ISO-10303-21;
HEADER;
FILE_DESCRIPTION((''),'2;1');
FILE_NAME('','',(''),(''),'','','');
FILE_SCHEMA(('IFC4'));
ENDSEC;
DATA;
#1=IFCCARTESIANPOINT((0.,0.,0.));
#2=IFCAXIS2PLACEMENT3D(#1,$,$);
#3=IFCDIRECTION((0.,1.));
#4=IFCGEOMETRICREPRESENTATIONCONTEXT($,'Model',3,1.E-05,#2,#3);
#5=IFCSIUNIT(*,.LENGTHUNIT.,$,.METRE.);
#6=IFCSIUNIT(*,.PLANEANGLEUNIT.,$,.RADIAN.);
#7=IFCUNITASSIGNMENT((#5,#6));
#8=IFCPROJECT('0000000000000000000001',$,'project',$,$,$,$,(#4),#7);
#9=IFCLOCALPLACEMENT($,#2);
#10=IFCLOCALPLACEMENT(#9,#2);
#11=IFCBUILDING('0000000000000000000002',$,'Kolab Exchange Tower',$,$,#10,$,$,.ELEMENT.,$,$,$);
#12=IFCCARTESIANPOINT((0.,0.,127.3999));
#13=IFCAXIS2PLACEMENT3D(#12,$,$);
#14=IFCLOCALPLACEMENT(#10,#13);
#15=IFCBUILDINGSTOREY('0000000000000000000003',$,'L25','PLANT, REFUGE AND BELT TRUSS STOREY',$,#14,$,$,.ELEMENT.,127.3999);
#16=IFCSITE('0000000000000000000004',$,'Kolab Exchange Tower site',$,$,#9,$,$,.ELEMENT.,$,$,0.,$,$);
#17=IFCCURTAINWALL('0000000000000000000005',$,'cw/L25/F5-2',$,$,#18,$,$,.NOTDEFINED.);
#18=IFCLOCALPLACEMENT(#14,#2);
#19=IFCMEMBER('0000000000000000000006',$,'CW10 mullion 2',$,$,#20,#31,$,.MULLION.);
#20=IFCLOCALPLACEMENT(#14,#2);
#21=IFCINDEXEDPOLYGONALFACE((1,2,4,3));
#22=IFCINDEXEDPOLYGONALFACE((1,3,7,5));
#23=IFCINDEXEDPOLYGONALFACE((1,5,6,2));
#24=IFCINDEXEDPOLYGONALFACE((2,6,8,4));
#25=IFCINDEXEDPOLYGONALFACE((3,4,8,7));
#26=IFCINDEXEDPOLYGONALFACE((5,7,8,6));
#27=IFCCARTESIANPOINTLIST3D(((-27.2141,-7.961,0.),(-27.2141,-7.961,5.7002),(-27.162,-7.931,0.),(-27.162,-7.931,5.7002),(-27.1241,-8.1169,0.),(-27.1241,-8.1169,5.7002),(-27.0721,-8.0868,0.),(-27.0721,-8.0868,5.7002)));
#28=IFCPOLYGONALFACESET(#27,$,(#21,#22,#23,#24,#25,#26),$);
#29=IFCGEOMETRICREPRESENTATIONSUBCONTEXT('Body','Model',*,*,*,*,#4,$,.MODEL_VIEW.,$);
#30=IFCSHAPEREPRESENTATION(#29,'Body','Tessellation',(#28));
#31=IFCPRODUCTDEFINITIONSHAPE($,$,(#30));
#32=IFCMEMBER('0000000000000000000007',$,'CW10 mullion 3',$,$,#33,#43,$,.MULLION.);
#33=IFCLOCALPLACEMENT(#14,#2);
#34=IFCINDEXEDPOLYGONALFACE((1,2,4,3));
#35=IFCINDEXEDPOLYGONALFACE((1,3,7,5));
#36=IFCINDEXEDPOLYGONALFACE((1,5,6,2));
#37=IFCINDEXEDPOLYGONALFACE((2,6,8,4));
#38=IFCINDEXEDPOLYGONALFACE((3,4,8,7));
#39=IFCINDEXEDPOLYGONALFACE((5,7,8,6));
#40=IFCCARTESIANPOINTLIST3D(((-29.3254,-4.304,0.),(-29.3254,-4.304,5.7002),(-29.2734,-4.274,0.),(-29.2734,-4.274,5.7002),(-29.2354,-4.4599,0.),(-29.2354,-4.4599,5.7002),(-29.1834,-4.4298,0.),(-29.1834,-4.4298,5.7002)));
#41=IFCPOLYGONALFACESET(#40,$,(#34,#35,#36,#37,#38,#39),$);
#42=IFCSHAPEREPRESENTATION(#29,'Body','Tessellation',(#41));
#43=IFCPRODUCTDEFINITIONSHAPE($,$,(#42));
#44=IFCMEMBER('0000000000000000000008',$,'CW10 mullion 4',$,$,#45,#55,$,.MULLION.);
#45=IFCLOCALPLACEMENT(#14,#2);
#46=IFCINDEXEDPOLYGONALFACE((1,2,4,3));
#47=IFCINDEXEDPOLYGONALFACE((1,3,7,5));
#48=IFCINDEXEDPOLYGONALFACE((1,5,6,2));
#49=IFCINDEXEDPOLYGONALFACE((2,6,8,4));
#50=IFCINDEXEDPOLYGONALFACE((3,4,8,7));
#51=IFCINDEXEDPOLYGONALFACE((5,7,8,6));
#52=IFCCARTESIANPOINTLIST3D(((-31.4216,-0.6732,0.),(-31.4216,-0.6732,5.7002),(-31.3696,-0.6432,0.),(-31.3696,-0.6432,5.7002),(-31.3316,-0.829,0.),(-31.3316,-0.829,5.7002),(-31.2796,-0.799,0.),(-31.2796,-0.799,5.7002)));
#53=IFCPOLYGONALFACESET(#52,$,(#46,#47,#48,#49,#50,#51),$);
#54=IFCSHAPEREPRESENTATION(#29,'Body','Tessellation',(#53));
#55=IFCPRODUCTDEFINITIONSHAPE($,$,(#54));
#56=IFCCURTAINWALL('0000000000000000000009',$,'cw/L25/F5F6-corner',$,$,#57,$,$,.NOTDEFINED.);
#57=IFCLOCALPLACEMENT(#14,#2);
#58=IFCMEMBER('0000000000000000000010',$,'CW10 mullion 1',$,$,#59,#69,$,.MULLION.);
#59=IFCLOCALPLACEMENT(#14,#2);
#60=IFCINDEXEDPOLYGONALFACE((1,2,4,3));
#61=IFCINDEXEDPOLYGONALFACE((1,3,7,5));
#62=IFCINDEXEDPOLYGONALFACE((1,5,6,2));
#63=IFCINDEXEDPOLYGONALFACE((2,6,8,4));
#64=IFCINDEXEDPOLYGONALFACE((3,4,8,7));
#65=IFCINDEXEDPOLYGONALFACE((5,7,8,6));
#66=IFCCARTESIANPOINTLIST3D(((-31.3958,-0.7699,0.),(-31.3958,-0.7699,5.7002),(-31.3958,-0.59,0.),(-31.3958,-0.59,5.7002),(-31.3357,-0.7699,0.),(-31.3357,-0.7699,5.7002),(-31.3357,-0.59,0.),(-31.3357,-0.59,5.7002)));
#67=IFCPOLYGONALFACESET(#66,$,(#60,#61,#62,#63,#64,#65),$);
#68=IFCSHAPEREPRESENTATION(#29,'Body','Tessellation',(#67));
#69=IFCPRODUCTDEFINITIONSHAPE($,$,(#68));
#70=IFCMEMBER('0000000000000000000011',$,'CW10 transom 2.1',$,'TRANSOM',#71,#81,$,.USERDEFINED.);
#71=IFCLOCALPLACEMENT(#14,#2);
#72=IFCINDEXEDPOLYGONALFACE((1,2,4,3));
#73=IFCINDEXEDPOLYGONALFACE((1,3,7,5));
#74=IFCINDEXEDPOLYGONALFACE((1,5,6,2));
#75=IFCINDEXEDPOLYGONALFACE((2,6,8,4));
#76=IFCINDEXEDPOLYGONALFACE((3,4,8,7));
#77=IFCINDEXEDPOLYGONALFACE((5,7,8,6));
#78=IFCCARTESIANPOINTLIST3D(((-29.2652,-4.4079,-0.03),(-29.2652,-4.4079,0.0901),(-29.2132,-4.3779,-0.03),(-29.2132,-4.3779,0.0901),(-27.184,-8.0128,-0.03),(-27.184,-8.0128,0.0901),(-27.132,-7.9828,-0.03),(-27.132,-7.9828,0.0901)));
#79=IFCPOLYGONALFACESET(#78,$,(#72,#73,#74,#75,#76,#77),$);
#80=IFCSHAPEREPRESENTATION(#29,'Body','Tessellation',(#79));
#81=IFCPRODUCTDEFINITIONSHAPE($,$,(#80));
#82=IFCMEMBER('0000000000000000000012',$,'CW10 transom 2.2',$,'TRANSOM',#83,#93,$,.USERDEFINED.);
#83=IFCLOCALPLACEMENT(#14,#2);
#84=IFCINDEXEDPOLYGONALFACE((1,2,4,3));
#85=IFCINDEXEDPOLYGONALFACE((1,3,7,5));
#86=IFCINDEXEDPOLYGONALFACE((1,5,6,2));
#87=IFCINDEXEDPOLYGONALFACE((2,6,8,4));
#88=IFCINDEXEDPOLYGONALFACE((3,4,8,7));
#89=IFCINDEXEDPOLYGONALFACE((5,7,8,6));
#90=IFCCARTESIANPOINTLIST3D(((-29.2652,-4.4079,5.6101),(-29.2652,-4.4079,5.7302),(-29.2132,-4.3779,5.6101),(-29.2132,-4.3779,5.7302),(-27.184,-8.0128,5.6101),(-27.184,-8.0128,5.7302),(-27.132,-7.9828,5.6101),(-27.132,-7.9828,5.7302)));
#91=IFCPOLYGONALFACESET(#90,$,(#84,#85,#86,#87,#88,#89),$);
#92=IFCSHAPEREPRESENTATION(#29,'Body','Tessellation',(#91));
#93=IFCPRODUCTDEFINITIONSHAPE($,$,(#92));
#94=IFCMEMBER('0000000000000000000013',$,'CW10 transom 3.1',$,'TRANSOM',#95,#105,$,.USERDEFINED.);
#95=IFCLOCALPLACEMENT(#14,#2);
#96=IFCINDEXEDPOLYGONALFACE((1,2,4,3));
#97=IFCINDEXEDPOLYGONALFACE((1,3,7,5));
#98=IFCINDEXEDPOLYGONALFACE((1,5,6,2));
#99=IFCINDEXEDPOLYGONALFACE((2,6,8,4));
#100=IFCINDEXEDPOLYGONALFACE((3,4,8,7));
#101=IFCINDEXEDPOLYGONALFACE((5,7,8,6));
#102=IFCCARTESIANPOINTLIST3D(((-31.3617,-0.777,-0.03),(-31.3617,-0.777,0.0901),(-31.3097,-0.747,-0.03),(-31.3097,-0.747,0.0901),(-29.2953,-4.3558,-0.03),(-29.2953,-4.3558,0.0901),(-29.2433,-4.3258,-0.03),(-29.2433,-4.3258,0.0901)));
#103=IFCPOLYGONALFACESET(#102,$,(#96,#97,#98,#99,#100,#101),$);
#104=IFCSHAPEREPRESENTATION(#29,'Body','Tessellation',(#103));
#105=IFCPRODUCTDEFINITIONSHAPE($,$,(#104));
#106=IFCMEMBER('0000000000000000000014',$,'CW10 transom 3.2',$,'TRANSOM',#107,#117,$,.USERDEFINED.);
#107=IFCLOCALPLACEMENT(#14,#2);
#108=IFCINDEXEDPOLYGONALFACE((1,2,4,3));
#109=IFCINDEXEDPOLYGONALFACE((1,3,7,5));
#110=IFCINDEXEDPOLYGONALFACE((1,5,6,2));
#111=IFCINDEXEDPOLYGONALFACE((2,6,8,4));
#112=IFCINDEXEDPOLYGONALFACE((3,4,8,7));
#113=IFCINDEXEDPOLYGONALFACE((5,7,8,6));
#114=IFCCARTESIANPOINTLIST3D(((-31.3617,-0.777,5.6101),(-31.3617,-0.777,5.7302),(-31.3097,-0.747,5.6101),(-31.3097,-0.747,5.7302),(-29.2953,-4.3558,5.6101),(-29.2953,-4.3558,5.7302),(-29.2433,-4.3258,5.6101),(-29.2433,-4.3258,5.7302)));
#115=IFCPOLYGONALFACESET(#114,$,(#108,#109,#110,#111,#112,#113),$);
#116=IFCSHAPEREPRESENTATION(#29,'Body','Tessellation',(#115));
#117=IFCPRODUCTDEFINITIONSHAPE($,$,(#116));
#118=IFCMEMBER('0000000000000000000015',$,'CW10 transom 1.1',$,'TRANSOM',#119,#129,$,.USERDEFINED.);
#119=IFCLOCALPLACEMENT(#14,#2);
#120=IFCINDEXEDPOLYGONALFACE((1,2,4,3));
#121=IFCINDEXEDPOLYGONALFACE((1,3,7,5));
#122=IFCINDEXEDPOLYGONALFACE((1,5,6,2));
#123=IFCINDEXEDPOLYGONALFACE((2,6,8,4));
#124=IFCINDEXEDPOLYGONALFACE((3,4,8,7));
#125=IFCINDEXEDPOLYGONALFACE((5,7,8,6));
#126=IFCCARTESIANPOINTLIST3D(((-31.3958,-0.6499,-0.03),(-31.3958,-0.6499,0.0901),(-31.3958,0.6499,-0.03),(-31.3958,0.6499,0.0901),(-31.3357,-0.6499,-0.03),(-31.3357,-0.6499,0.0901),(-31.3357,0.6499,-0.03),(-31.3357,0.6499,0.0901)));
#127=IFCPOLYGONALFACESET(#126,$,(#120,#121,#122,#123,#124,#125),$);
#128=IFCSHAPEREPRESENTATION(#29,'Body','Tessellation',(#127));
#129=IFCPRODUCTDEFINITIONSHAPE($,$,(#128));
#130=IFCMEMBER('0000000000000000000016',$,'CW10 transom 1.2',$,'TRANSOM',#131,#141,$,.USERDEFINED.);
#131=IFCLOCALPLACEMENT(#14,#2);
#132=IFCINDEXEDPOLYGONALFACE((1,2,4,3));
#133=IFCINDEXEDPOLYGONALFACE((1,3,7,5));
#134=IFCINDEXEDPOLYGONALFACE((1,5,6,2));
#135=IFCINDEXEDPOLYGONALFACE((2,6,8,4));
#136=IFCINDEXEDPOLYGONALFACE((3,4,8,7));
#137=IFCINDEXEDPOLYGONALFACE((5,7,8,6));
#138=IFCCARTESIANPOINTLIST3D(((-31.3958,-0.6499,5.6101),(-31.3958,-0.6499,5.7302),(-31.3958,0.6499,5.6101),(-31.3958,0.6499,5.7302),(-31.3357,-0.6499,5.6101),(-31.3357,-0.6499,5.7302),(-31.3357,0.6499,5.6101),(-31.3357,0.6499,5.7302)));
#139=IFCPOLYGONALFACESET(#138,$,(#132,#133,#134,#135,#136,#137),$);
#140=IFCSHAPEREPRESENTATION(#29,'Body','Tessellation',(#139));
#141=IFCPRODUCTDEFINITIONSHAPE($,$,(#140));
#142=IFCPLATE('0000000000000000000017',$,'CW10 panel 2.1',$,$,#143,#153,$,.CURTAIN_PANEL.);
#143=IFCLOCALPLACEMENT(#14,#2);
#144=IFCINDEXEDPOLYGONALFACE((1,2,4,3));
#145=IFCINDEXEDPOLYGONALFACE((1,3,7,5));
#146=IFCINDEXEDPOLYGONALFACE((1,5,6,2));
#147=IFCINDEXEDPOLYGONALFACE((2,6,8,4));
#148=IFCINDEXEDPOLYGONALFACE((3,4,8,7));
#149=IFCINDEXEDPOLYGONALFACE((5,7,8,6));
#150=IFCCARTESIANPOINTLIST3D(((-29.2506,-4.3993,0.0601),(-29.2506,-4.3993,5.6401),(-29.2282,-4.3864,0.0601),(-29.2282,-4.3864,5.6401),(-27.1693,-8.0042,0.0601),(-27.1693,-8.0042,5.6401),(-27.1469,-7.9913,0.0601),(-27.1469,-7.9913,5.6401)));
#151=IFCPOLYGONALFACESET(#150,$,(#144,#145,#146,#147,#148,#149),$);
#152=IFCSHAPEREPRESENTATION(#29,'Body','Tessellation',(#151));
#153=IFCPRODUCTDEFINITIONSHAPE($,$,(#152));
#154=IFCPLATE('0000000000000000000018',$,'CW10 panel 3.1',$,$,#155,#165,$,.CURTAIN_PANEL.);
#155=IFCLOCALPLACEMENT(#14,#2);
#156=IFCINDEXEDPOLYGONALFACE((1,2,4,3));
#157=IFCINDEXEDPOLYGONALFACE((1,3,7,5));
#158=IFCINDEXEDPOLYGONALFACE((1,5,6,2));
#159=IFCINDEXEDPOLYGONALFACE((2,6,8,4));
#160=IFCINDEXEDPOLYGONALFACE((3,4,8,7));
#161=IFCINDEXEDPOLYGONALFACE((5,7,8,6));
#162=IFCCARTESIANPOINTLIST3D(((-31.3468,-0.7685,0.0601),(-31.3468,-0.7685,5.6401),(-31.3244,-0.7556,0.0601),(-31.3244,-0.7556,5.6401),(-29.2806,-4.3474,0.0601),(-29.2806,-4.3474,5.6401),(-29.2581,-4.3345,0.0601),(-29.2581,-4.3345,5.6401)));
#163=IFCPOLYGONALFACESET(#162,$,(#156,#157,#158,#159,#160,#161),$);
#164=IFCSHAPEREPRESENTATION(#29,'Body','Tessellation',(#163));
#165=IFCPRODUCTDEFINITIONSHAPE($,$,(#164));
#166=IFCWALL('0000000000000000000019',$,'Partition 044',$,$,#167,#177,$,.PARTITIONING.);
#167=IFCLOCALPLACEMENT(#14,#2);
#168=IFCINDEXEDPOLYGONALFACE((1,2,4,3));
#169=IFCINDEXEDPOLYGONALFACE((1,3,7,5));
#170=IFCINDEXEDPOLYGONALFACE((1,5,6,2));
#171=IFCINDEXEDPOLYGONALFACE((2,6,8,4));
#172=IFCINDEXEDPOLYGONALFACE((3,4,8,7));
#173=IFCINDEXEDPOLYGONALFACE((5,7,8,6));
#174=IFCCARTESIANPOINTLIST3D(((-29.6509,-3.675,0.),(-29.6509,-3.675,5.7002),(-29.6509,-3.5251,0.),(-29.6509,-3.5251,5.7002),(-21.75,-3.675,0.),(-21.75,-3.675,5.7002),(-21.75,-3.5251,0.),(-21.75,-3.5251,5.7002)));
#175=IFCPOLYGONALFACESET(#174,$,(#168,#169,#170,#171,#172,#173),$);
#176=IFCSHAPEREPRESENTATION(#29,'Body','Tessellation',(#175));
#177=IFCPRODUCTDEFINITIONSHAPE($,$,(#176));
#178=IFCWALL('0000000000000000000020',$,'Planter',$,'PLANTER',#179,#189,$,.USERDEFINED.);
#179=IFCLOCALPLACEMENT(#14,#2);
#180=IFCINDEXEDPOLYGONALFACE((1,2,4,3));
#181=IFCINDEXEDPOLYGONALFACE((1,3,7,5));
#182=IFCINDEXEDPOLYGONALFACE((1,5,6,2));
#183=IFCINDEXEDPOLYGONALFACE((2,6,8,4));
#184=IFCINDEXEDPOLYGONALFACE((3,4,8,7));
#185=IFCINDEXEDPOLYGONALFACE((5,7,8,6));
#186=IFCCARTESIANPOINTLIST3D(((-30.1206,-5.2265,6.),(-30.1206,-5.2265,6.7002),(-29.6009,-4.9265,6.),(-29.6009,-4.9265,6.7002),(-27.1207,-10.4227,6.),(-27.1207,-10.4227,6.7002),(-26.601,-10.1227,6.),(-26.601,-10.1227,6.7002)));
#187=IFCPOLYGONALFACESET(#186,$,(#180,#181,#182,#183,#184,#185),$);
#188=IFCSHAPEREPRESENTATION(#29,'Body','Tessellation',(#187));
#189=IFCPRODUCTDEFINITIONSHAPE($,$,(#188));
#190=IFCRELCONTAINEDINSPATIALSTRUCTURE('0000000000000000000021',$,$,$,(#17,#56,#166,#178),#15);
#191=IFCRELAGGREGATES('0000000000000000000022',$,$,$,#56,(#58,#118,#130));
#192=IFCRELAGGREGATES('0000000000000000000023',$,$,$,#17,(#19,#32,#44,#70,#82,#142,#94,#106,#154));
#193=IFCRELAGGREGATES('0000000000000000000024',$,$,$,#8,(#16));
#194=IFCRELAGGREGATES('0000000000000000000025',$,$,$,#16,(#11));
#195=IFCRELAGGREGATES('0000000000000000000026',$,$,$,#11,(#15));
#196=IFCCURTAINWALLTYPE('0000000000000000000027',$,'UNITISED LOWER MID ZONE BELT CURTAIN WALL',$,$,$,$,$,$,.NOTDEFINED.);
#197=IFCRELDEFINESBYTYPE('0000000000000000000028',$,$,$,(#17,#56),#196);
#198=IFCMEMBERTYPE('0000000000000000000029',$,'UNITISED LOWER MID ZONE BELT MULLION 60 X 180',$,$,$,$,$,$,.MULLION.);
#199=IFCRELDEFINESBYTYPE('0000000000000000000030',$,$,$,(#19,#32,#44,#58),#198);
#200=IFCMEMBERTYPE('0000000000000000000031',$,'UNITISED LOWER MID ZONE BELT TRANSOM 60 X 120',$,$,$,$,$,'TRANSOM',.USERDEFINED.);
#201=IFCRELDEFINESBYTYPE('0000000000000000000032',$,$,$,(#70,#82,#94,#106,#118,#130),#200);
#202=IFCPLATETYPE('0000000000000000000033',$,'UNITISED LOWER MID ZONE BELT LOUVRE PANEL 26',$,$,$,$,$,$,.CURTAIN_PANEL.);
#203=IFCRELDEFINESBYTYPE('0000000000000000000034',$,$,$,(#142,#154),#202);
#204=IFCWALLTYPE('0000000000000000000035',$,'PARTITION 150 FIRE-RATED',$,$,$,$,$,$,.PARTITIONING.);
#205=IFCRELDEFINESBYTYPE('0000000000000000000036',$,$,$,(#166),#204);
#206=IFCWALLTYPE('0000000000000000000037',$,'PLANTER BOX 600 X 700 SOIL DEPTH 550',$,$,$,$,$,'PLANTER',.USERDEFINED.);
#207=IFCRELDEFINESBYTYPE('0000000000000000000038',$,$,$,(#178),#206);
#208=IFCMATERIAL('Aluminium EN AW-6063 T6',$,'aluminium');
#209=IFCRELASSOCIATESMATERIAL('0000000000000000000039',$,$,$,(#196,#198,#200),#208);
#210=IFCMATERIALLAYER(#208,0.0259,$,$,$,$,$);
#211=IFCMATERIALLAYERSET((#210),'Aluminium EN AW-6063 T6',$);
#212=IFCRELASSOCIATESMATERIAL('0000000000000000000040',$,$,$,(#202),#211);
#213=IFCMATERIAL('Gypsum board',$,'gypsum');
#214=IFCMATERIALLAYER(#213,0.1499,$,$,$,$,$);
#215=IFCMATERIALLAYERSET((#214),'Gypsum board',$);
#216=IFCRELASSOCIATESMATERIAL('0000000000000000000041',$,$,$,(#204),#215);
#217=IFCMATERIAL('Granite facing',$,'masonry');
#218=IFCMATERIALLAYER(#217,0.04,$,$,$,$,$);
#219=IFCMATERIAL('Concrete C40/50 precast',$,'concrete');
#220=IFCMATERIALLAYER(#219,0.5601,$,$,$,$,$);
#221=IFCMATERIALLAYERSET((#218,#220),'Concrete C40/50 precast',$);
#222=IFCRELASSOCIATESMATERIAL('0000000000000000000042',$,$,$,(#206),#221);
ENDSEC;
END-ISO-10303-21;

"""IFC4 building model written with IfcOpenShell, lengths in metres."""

from ifc_helpers import new_model, si_unit, direction, frame, frame_2d, origin, origin_2d, place, context, subcontext, project, spatial, rectangle, extrude, material, layer, layer_set, material_profile, profile_set, type_object, element, aggregate, save


model = new_model("IFC4")

# Units and contexts
model_context = context("Model", 3, precision=1e-05, world=origin(), true_north=direction((0.0, 1.0)))
body_context = subcontext(model_context, "Body", "Model", "MODEL_VIEW")
ifc_project = project(units=[si_unit("LENGTHUNIT", "METRE"), si_unit("PLANEANGLEUNIT", "RADIAN")], contexts=[model_context])

# Site, building, storey
site_placement = place(None, origin())
site = spatial("IfcSite", under=ifc_project, at=site_placement, Name="Kolab Exchange Tower site", CompositionType="ELEMENT", RefElevation=0.0)
building_placement = place(site_placement, origin())
building = spatial("IfcBuilding", under=site, at=building_placement, Name="Kolab Exchange Tower", CompositionType="ELEMENT")
storey_placement = place(building_placement, frame((0.0, 0.0, 127.3999)))
storey = spatial("IfcBuildingStorey", under=building, at=storey_placement, Name="L25", Description="PLANT, REFUGE AND BELT TRUSS STOREY", CompositionType="ELEMENT", Elevation=127.3999)

# Curtain wall, members
ifc_material_1 = material(Name="Aluminium EN AW-6063 T6", Category="aluminium")
curtain_wall_type = type_object("IfcCurtainWallType", Name="UNITISED LOWER MID ZONE BELT CURTAIN WALL", PredefinedType="NOTDEFINED", material=ifc_material_1)
curtain_wall_1_placement = place(storey_placement, origin())
curtain_wall_1 = element("IfcCurtainWall", 1, at=curtain_wall_1_placement, inside=storey, type_object=curtain_wall_type, Name="cw/L25/F5-2", PredefinedType="NOTDEFINED")
ifc_material_profile_1 = material_profile(ifc_material_1, rectangle(XDim=0.0601, YDim=0.1799, at=origin_2d()), Name="RECT 60X180")
ifc_profile_set_1 = profile_set([ifc_material_profile_1], Name="Aluminium EN AW-6063 T6")
member_type_1 = type_object("IfcMemberType", Name="UNITISED LOWER MID ZONE BELT MULLION 60 X 180", PredefinedType="MULLION", material=ifc_profile_set_1)
member_1_placement = place(storey_placement, frame((-27.1431, -8.0239, 0.0), z_axis=(0.0, 0.0, 1.0), x_axis=(-0.866025, -0.5, 0.0)))
member_1 = element("IfcMember", 2, at=member_1_placement, type_object=member_type_1, Name="CW10 mullion 2", PredefinedType="MULLION", context=body_context, shape_type="SweptSolid", body=[
    extrude(rectangle(XDim=0.0601, YDim=0.1799, at=origin_2d()), origin(), (0.0, 0.0, 1.0), 5.7002),
])
member_2_placement = place(storey_placement, frame((-29.2544, -4.3669, 0.0), z_axis=(0.0, 0.0, 1.0), x_axis=(-0.866025, -0.5, 0.0)))
member_2 = element("IfcMember", 3, at=member_2_placement, type_object=member_type_1, Name="CW10 mullion 3", PredefinedType="MULLION", context=body_context, shape_type="SweptSolid", body=[
    extrude(rectangle(XDim=0.0601, YDim=0.1799, at=origin_2d()), origin(), (0.0, 0.0, 1.0), 5.7002),
])
member_3_placement = place(storey_placement, frame((-31.3506, -0.7361, 0.0), z_axis=(0.0, 0.0, 1.0), x_axis=(-0.866025, -0.5, 0.0)))
member_3 = element("IfcMember", 4, at=member_3_placement, type_object=member_type_1, Name="CW10 mullion 4", PredefinedType="MULLION", context=body_context, shape_type="SweptSolid", body=[
    extrude(rectangle(XDim=0.0601, YDim=0.1799, at=origin_2d()), origin(), (0.0, 0.0, 1.0), 5.7002),
])

# Curtain wall, member
curtain_wall_2_placement = place(storey_placement, origin())
curtain_wall_2 = element("IfcCurtainWall", 5, at=curtain_wall_2_placement, inside=storey, type_object=curtain_wall_type, Name="cw/L25/F5F6-corner", PredefinedType="NOTDEFINED")
member_4_placement = place(storey_placement, frame((-31.3657, -0.6799, 0.0), z_axis=(0.0, 0.0, 1.0), x_axis=(-1.0, 0.0, 0.0)))
member_4 = element("IfcMember", 6, at=member_4_placement, type_object=member_type_1, Name="CW10 mullion 1", PredefinedType="MULLION", context=body_context, shape_type="SweptSolid", body=[
    extrude(rectangle(XDim=0.0601, YDim=0.1799, at=origin_2d()), origin(), (0.0, 0.0, 1.0), 5.7002),
])

# Members
ifc_material_profile_2 = material_profile(ifc_material_1, rectangle(XDim=0.0601, YDim=0.1201, at=origin_2d()), Name="RECT 60X120")
ifc_profile_set_2 = profile_set([ifc_material_profile_2], Name="Aluminium EN AW-6063 T6")
member_type_2 = type_object("IfcMemberType", Name="UNITISED LOWER MID ZONE BELT TRANSOM 60 X 120", ElementType="TRANSOM", PredefinedType="USERDEFINED", material=ifc_profile_set_2)
member_5_placement = place(storey_placement, frame((-27.158, -7.9978, 0.03), z_axis=(-0.499993, 0.866029, 0.0), x_axis=(-0.866029, -0.499993, 0.0)))
member_5 = element("IfcMember", 7, at=member_5_placement, type_object=member_type_2, Name="CW10 transom 2.1", ObjectType="TRANSOM", PredefinedType="USERDEFINED", context=body_context, shape_type="SweptSolid", body=[
    extrude(rectangle(XDim=0.0601, YDim=0.1201, at=origin_2d()), origin(), (0.0, 0.0, 1.0), 4.1626),
])
member_6_placement = place(storey_placement, frame((-27.158, -7.9978, 5.6702), z_axis=(-0.499993, 0.866029, 0.0), x_axis=(-0.866029, -0.499993, 0.0)))
member_6 = element("IfcMember", 8, at=member_6_placement, type_object=member_type_2, Name="CW10 transom 2.2", ObjectType="TRANSOM", PredefinedType="USERDEFINED", context=body_context, shape_type="SweptSolid", body=[
    extrude(rectangle(XDim=0.0601, YDim=0.1201, at=origin_2d()), origin(), (0.0, 0.0, 1.0), 4.1626),
])
member_7_placement = place(storey_placement, frame((-29.2693, -4.3408, 0.03), z_axis=(-0.500028, 0.866009, 0.0), x_axis=(-0.866009, -0.500028, 0.0)))
member_7 = element("IfcMember", 9, at=member_7_placement, type_object=member_type_2, Name="CW10 transom 3.1", ObjectType="TRANSOM", PredefinedType="USERDEFINED", context=body_context, shape_type="SweptSolid", body=[
    extrude(rectangle(XDim=0.0601, YDim=0.1201, at=origin_2d()), origin(), (0.0, 0.0, 1.0), 4.1326),
])
member_8_placement = place(storey_placement, frame((-29.2693, -4.3408, 5.6702), z_axis=(-0.500028, 0.866009, 0.0), x_axis=(-0.866009, -0.500028, 0.0)))
member_8 = element("IfcMember", 10, at=member_8_placement, type_object=member_type_2, Name="CW10 transom 3.2", ObjectType="TRANSOM", PredefinedType="USERDEFINED", context=body_context, shape_type="SweptSolid", body=[
    extrude(rectangle(XDim=0.0601, YDim=0.1201, at=origin_2d()), origin(), (0.0, 0.0, 1.0), 4.1326),
])
member_9_placement = place(storey_placement, frame((-31.3657, -0.6499, 0.03), z_axis=(0.0, 1.0, 0.0), x_axis=(-1.0, 0.0, 0.0)))
member_9 = element("IfcMember", 11, at=member_9_placement, type_object=member_type_2, Name="CW10 transom 1.1", ObjectType="TRANSOM", PredefinedType="USERDEFINED", context=body_context, shape_type="SweptSolid", body=[
    extrude(rectangle(XDim=0.0601, YDim=0.1201, at=origin_2d()), origin(), (0.0, 0.0, 1.0), 1.2998),
])
member_10_placement = place(storey_placement, frame((-31.3657, -0.6499, 5.6702), z_axis=(0.0, 1.0, 0.0), x_axis=(-1.0, 0.0, 0.0)))
member_10 = element("IfcMember", 12, at=member_10_placement, type_object=member_type_2, Name="CW10 transom 1.2", ObjectType="TRANSOM", PredefinedType="USERDEFINED", context=body_context, shape_type="SweptSolid", body=[
    extrude(rectangle(XDim=0.0601, YDim=0.1201, at=origin_2d()), origin(), (0.0, 0.0, 1.0), 1.2998),
])
aggregate(curtain_wall_2, [member_4, member_9, member_10])

# Plates
ifc_layer_1 = layer(ifc_material_1, 0.0259)
ifc_layer_set_1 = layer_set([ifc_layer_1], Name="Aluminium EN AW-6063 T6")
plate_type = type_object("IfcPlateType", Name="UNITISED LOWER MID ZONE BELT LOUVRE PANEL 26", PredefinedType="CURTAIN_PANEL", material=ifc_layer_set_1)
plate_1_placement = place(storey_placement, frame((-28.1987, -6.1953, 0.0601), z_axis=(0.0, 0.0, 1.0), x_axis=(-0.5, 0.866025, 0.0)))
plate_1 = element("IfcPlate", 13, at=plate_1_placement, type_object=plate_type, Name="CW10 panel 2.1", PredefinedType="CURTAIN_PANEL", context=body_context, shape_type="SweptSolid", body=[
    extrude(rectangle(XDim=4.1626, YDim=0.0259, at=origin_2d()), origin(), (0.0, 0.0, 1.0), 5.5801),
])
plate_2_placement = place(storey_placement, frame((-30.3025, -2.5515, 0.0601), z_axis=(0.0, 0.0, 1.0), x_axis=(-0.5, 0.866025, 0.0)))
plate_2 = element("IfcPlate", 14, at=plate_2_placement, type_object=plate_type, Name="CW10 panel 3.1", PredefinedType="CURTAIN_PANEL", context=body_context, shape_type="SweptSolid", body=[
    extrude(rectangle(XDim=4.1326, YDim=0.0259, at=origin_2d()), origin(), (0.0, 0.0, 1.0), 5.5801),
])
aggregate(curtain_wall_1, [member_1, member_2, member_3, member_5, member_6, plate_1, member_7, member_8, plate_2])

# Walls
ifc_material_2 = material(Name="Gypsum board", Category="gypsum")
ifc_layer_2 = layer(ifc_material_2, 0.1499)
ifc_layer_set_2 = layer_set([ifc_layer_2], Name="Gypsum board")
wall_type_1 = type_object("IfcWallType", Name="PARTITION 150 FIRE-RATED", PredefinedType="PARTITIONING", material=ifc_layer_set_2)
wall_1_placement = place(storey_placement, frame((-29.6509, -3.6001, 0.0), z_axis=(0.0, 0.0, 1.0), x_axis=(1.0, 0.0, 0.0)))
element("IfcWall", 15, at=wall_1_placement, inside=storey, type_object=wall_type_1, Name="Partition 044", PredefinedType="PARTITIONING", context=body_context, shape_type="SweptSolid", body=[
    extrude(rectangle(XDim=7.9009, YDim=0.1499, at=frame_2d((3.9504, 0.0))), origin(), (0.0, 0.0, 1.0), 5.7002),
])
ifc_material_3 = material(Name="Granite facing", Category="masonry")
ifc_layer_3 = layer(ifc_material_3, 0.04)
ifc_material_4 = material(Name="Concrete C40/50 precast", Category="concrete")
ifc_layer_4 = layer(ifc_material_4, 0.5601)
ifc_layer_set_3 = layer_set([ifc_layer_3, ifc_layer_4], Name="Concrete C40/50 precast")
wall_type_2 = type_object("IfcWallType", Name="PLANTER BOX 600 X 700 SOIL DEPTH 550", ElementType="PLANTER", PredefinedType="USERDEFINED", material=ifc_layer_set_3)
wall_2_placement = place(storey_placement, frame((-26.8608, -10.2727, 6.0), z_axis=(0.0, 0.0, 1.0), x_axis=(-0.49999, 0.866031, 0.0)))
element("IfcWall", 16, at=wall_2_placement, inside=storey, type_object=wall_type_2, Name="Planter", ObjectType="PLANTER", PredefinedType="USERDEFINED", context=body_context, shape_type="SweptSolid", body=[
    extrude(rectangle(XDim=6.0, YDim=0.6001, at=frame_2d((3.0, 0.0))), origin(), (0.0, 0.0, 1.0), 0.7002),
])

save(model, "model.ifc")
